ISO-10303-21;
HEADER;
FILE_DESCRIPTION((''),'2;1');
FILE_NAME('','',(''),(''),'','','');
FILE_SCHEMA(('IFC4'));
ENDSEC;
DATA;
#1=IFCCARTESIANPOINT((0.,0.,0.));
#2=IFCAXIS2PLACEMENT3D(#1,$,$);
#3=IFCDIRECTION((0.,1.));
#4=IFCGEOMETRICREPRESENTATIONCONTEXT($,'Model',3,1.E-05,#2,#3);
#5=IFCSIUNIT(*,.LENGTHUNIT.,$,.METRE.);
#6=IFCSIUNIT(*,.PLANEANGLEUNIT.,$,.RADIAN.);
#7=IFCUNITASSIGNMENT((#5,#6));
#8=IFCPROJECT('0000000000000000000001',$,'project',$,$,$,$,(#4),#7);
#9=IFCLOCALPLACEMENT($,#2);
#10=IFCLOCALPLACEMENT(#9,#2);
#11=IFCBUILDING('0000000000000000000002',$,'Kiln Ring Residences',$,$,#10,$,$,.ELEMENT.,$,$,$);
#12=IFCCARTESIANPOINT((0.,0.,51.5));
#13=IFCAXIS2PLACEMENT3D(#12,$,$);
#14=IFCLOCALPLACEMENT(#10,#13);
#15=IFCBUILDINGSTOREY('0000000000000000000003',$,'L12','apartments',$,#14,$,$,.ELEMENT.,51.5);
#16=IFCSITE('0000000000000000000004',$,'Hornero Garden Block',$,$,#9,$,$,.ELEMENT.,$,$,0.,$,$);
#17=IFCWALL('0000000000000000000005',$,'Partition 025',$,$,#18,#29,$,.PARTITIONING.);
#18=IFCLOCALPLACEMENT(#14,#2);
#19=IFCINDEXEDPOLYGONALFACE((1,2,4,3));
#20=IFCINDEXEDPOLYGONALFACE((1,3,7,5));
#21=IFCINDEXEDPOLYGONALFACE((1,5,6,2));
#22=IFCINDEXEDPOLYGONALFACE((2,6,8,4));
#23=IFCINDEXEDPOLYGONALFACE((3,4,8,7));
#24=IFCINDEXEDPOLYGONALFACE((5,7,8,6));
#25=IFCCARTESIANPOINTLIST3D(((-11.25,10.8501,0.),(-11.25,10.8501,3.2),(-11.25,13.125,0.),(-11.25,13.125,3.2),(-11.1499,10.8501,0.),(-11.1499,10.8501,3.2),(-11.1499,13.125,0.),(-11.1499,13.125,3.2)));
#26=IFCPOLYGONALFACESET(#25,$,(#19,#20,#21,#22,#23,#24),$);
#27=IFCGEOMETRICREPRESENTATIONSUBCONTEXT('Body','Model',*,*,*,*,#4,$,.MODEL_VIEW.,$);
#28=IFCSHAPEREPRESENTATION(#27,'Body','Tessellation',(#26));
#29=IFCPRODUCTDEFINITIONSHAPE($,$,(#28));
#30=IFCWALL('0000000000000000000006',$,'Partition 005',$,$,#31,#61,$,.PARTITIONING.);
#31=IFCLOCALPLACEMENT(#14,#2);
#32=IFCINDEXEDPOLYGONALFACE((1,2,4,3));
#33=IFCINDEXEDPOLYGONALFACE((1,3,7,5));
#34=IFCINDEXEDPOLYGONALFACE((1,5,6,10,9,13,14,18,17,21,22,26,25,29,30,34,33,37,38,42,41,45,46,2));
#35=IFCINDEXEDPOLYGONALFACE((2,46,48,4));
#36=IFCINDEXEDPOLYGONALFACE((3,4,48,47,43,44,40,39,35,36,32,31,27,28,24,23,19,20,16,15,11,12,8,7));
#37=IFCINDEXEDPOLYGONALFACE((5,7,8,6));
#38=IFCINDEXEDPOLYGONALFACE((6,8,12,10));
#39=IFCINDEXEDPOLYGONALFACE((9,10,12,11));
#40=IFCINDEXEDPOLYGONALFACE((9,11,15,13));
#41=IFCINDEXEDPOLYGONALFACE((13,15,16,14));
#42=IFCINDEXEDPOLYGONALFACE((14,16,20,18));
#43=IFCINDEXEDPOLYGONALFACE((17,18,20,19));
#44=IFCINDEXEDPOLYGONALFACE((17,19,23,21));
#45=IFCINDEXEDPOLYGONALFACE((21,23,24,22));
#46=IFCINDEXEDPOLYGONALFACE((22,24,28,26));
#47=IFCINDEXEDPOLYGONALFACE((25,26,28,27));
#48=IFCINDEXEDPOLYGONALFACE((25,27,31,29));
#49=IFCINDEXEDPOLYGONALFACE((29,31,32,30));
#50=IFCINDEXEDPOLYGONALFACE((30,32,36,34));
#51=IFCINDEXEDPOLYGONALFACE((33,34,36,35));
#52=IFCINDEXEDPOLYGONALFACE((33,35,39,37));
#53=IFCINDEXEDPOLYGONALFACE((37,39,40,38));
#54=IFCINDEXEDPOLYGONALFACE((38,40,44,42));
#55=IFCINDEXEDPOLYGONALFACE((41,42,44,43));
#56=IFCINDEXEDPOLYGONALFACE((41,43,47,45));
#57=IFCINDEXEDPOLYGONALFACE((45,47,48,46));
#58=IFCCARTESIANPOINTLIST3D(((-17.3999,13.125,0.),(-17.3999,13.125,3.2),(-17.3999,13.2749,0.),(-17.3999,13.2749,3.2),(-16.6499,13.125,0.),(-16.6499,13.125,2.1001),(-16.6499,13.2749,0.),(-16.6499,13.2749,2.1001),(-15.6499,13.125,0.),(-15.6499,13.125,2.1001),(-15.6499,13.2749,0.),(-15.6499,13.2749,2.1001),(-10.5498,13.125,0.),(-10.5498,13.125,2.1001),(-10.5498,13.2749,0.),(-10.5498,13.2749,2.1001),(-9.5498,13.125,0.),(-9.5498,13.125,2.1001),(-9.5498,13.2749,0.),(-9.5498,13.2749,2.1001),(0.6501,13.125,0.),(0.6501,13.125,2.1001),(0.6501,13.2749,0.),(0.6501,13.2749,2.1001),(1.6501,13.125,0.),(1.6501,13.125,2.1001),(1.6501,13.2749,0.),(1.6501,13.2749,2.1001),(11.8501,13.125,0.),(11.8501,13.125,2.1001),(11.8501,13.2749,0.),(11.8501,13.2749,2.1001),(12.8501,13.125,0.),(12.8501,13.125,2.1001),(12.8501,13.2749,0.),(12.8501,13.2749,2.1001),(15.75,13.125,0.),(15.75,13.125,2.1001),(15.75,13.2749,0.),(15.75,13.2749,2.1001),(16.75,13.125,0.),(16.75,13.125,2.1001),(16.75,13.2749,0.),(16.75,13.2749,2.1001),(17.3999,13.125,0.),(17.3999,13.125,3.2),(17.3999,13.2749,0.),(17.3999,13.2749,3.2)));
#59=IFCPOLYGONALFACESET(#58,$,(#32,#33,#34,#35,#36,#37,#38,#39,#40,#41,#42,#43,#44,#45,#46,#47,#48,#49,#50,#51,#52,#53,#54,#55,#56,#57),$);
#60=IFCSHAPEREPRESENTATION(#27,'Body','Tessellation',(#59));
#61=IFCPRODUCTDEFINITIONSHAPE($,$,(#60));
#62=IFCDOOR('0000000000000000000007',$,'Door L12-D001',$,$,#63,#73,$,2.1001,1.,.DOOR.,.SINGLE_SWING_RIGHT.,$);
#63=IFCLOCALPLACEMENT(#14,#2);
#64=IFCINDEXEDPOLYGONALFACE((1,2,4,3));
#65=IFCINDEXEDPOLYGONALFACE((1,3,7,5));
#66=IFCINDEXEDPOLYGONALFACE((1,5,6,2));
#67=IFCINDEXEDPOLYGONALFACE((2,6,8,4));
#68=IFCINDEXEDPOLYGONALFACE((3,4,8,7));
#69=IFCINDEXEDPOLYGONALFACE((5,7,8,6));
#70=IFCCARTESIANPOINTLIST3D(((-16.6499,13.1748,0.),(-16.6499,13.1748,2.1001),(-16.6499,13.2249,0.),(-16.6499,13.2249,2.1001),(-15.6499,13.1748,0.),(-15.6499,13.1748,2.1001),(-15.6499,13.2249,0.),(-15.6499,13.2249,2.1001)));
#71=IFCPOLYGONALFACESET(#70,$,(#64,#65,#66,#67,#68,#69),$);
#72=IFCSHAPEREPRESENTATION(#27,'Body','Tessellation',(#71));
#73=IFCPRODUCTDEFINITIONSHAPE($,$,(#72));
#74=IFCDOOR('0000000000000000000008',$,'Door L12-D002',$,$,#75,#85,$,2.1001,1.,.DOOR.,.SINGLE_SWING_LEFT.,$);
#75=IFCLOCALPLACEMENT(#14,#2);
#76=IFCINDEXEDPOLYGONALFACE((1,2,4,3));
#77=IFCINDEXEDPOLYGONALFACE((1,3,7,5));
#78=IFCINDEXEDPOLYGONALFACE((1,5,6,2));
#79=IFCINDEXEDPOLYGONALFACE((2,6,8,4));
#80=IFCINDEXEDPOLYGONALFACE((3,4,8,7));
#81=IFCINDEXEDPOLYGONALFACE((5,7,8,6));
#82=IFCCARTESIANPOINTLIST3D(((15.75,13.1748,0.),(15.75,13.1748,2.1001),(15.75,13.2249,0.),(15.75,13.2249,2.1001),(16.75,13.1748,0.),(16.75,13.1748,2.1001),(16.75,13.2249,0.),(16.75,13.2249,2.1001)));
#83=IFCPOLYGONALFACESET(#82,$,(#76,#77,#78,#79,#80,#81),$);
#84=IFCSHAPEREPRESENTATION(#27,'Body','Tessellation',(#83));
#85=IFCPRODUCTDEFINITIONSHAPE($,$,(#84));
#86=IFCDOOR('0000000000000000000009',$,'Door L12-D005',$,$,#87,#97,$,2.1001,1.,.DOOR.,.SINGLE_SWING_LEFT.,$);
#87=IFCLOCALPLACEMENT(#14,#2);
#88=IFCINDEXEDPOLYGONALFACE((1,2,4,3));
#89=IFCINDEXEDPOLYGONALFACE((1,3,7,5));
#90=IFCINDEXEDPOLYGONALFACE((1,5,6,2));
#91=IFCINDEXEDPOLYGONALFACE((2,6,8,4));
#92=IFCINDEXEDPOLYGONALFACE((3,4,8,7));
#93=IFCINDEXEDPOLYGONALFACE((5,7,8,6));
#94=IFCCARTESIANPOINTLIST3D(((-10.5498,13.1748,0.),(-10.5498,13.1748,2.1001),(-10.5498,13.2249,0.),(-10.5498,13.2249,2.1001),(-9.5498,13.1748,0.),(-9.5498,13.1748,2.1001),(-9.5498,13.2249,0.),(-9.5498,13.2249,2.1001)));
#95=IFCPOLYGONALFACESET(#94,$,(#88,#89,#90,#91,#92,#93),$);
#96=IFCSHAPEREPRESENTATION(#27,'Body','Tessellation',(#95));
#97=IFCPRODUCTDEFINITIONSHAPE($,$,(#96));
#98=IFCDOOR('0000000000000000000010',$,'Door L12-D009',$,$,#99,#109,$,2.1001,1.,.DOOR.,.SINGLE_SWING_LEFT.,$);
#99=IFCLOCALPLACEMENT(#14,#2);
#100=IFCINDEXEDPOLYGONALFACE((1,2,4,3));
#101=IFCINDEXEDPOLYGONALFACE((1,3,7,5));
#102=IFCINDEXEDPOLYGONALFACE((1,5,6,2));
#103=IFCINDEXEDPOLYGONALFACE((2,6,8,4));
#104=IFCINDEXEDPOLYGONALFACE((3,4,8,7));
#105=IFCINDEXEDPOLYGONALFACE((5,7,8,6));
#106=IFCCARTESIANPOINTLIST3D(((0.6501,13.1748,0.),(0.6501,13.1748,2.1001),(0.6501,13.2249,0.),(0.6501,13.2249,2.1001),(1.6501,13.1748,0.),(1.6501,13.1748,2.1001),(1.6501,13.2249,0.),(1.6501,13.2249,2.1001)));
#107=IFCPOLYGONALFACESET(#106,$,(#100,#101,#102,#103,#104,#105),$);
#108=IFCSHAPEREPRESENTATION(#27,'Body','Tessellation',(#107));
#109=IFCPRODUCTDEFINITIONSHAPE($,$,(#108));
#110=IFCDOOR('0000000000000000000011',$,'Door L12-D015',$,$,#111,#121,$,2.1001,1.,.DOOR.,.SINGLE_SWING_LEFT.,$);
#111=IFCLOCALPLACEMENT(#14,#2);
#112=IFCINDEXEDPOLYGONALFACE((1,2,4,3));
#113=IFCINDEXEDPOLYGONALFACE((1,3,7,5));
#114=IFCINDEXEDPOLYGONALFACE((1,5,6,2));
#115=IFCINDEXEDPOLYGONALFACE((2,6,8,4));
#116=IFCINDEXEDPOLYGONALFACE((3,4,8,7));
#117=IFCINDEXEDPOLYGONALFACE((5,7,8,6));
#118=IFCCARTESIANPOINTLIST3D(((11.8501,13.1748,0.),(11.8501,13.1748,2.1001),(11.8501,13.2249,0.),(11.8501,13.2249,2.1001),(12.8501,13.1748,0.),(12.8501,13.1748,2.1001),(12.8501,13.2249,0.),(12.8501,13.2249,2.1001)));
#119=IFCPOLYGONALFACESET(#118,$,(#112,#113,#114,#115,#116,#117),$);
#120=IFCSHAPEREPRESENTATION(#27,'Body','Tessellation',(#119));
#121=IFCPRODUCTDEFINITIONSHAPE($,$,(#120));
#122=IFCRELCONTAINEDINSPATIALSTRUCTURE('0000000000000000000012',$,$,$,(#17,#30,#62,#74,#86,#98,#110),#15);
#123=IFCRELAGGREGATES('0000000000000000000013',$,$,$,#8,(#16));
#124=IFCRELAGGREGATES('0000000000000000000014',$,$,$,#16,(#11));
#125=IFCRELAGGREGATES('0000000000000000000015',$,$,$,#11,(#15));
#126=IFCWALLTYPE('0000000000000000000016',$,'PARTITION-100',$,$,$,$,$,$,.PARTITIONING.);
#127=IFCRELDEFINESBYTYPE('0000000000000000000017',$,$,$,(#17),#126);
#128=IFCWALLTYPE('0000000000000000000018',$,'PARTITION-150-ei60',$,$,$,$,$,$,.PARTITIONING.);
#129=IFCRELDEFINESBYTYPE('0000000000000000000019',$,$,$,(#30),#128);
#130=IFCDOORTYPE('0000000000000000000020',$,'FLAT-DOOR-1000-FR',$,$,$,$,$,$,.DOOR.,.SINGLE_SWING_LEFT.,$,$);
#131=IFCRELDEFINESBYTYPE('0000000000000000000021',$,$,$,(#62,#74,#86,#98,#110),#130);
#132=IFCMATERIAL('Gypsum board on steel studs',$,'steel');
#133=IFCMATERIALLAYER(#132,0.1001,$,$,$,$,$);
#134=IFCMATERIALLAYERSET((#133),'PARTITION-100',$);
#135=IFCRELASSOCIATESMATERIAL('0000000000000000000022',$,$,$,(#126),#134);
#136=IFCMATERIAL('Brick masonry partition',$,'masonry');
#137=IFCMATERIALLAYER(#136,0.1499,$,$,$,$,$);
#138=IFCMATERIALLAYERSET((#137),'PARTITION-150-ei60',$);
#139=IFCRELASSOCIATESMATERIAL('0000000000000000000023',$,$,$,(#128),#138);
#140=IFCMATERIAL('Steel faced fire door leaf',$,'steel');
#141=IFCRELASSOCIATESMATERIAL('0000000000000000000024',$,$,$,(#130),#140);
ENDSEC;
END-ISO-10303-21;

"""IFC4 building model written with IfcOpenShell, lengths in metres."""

from ifc_helpers import new_model, si_unit, direction, frame, frame_2d, origin, place, context, subcontext, project, spatial, rectangle, extrude, material, layer, layer_set, type_object, element, fill, save


model = new_model("IFC4")

# Units and contexts
model_context = context("Model", 3, precision=1e-05, world=origin(), true_north=direction((0.0, 1.0)))
body_context = subcontext(model_context, "Body", "Model", "MODEL_VIEW")
ifc_project = project(units=[si_unit("LENGTHUNIT", "METRE"), si_unit("PLANEANGLEUNIT", "RADIAN")], contexts=[model_context])

# Site, building, storey
site_placement = place(None, origin())
site = spatial("IfcSite", under=ifc_project, at=site_placement, Name="Hornero Garden Block", CompositionType="ELEMENT", RefElevation=0.0)
building_placement = place(site_placement, origin())
building = spatial("IfcBuilding", under=site, at=building_placement, Name="Kiln Ring Residences", CompositionType="ELEMENT")
storey_placement = place(building_placement, frame((0.0, 0.0, 51.5)))
storey = spatial("IfcBuildingStorey", under=building, at=storey_placement, Name="L12", Description="apartments", CompositionType="ELEMENT", Elevation=51.5)

# Shared definitions
ifc_material_1 = material(Name="Gypsum board on steel studs", Category="steel")
ifc_layer_1 = layer(ifc_material_1, 0.1001)
ifc_layer_set_1 = layer_set([ifc_layer_1], Name="PARTITION-100")
wall_type_1 = type_object("IfcWallType", Name="PARTITION-100", PredefinedType="PARTITIONING", material=ifc_layer_set_1)

# Wall
wall_1_placement = place(storey_placement, frame((-11.2, 10.8501, 0.0), z_axis=(0.0, 0.0, 1.0), x_axis=(0.0, 1.0, 0.0)))
element("IfcWall", 1, at=wall_1_placement, inside=storey, type_object=wall_type_1, Name="Partition 025", PredefinedType="PARTITIONING", context=body_context, shape_type="SweptSolid", body=[
    extrude(rectangle(XDim=2.2749, YDim=0.1001, at=frame_2d((1.1375, 0.0))), origin(), (0.0, 0.0, 1.0), 3.2),
])

# Wall, openings, doors
ifc_material_2 = material(Name="Brick masonry partition", Category="masonry")
ifc_layer_2 = layer(ifc_material_2, 0.1499)
ifc_layer_set_2 = layer_set([ifc_layer_2], Name="PARTITION-150-ei60")
wall_type_2 = type_object("IfcWallType", Name="PARTITION-150-ei60", PredefinedType="PARTITIONING", material=ifc_layer_set_2)
wall_2_placement = place(storey_placement, frame((-17.3999, 13.2, 0.0), z_axis=(0.0, 0.0, 1.0), x_axis=(1.0, 0.0, 0.0)))
wall_2 = element("IfcWall", 2, at=wall_2_placement, inside=storey, type_object=wall_type_2, Name="Partition 005", PredefinedType="PARTITIONING", context=body_context, shape_type="SweptSolid", body=[
    extrude(rectangle(XDim=34.7998, YDim=0.1499, at=frame_2d((17.3999, 0.0))), origin(), (0.0, 0.0, 1.0), 3.2),
])
opening_1_placement = place(wall_2_placement, frame((0.75, 0.0, 0.0)))
opening_1 = element("IfcOpeningElement", 3, at=opening_1_placement, cuts=wall_2, PredefinedType="OPENING", context=body_context, shape_type="SweptSolid", body=[
    extrude(rectangle(XDim=1.0, YDim=2.1001, at=frame_2d((0.5, 1.05))), frame((0.0, 0.085, 0.0), z_axis=(0.0, -1.0, 0.0), x_axis=(1.0, 0.0, 0.0)), (0.0, 0.0, 1.0), 0.1699),
])
opening_2_placement = place(wall_2_placement, frame((33.1499, 0.0, 0.0)))
opening_2 = element("IfcOpeningElement", 4, at=opening_2_placement, cuts=wall_2, PredefinedType="OPENING", context=body_context, shape_type="SweptSolid", body=[
    extrude(rectangle(XDim=1.0, YDim=2.1001, at=frame_2d((0.5, 1.05))), frame((0.0, 0.085, 0.0), z_axis=(0.0, -1.0, 0.0), x_axis=(1.0, 0.0, 0.0)), (0.0, 0.0, 1.0), 0.1699),
])
opening_3_placement = place(wall_2_placement, frame((6.8501, 0.0, 0.0)))
opening_3 = element("IfcOpeningElement", 5, at=opening_3_placement, cuts=wall_2, PredefinedType="OPENING", context=body_context, shape_type="SweptSolid", body=[
    extrude(rectangle(XDim=1.0, YDim=2.1001, at=frame_2d((0.5, 1.05))), frame((0.0, 0.085, 0.0), z_axis=(0.0, -1.0, 0.0), x_axis=(1.0, 0.0, 0.0)), (0.0, 0.0, 1.0), 0.1699),
])
opening_4_placement = place(wall_2_placement, frame((18.05, 0.0, 0.0)))
opening_4 = element("IfcOpeningElement", 6, at=opening_4_placement, cuts=wall_2, PredefinedType="OPENING", context=body_context, shape_type="SweptSolid", body=[
    extrude(rectangle(XDim=1.0, YDim=2.1001, at=frame_2d((0.5, 1.05))), frame((0.0, 0.085, 0.0), z_axis=(0.0, -1.0, 0.0), x_axis=(1.0, 0.0, 0.0)), (0.0, 0.0, 1.0), 0.1699),
])
opening_5_placement = place(wall_2_placement, frame((29.25, 0.0, 0.0)))
opening_5 = element("IfcOpeningElement", 7, at=opening_5_placement, cuts=wall_2, PredefinedType="OPENING", context=body_context, shape_type="SweptSolid", body=[
    extrude(rectangle(XDim=1.0, YDim=2.1001, at=frame_2d((0.5, 1.05))), frame((0.0, 0.085, 0.0), z_axis=(0.0, -1.0, 0.0), x_axis=(1.0, 0.0, 0.0)), (0.0, 0.0, 1.0), 0.1699),
])
ifc_material_3 = material(Name="Steel faced fire door leaf", Category="steel")
door_type_1 = type_object("IfcDoorType", Name="FLAT-DOOR-1000-FR", OperationType="SINGLE_SWING_LEFT", PredefinedType="DOOR", material=ifc_material_3)
door_1_placement = place(opening_1_placement, origin())
door_1 = element("IfcDoor", 8, at=door_1_placement, inside=storey, type_object=door_type_1, Name="Door L12-D001", OperationType="SINGLE_SWING_RIGHT", OverallHeight=2.1001, OverallWidth=1.0, PredefinedType="DOOR", context=body_context, shape_type="SweptSolid", body=[
    extrude(rectangle(XDim=1.0, YDim=2.1001, at=frame_2d((0.5, 1.05))), frame((0.0, 0.0249, 0.0), z_axis=(0.0, -1.0, 0.0), x_axis=(1.0, 0.0, 0.0)), (0.0, 0.0, 1.0), 0.05),
])
fill(opening_1, door_1)
door_2_placement = place(opening_2_placement, origin())
door_2 = element("IfcDoor", 9, at=door_2_placement, inside=storey, type_object=door_type_1, Name="Door L12-D002", OperationType="SINGLE_SWING_LEFT", OverallHeight=2.1001, OverallWidth=1.0, PredefinedType="DOOR", context=body_context, shape_type="SweptSolid", body=[
    extrude(rectangle(XDim=1.0, YDim=2.1001, at=frame_2d((0.5, 1.05))), frame((0.0, 0.0249, 0.0), z_axis=(0.0, -1.0, 0.0), x_axis=(1.0, 0.0, 0.0)), (0.0, 0.0, 1.0), 0.05),
])
fill(opening_2, door_2)
door_3_placement = place(opening_3_placement, origin())
door_3 = element("IfcDoor", 10, at=door_3_placement, inside=storey, type_object=door_type_1, Name="Door L12-D005", OperationType="SINGLE_SWING_LEFT", OverallHeight=2.1001, OverallWidth=1.0, PredefinedType="DOOR", context=body_context, shape_type="SweptSolid", body=[
    extrude(rectangle(XDim=1.0, YDim=2.1001, at=frame_2d((0.5, 1.05))), frame((0.0, 0.0249, 0.0), z_axis=(0.0, -1.0, 0.0), x_axis=(1.0, 0.0, 0.0)), (0.0, 0.0, 1.0), 0.05),
])
fill(opening_3, door_3)
door_4_placement = place(opening_4_placement, origin())
door_4 = element("IfcDoor", 11, at=door_4_placement, inside=storey, type_object=door_type_1, Name="Door L12-D009", OperationType="SINGLE_SWING_LEFT", OverallHeight=2.1001, OverallWidth=1.0, PredefinedType="DOOR", context=body_context, shape_type="SweptSolid", body=[
    extrude(rectangle(XDim=1.0, YDim=2.1001, at=frame_2d((0.5, 1.05))), frame((0.0, 0.0249, 0.0), z_axis=(0.0, -1.0, 0.0), x_axis=(1.0, 0.0, 0.0)), (0.0, 0.0, 1.0), 0.05),
])
fill(opening_4, door_4)
door_5_placement = place(opening_5_placement, origin())
door_5 = element("IfcDoor", 12, at=door_5_placement, inside=storey, type_object=door_type_1, Name="Door L12-D015", OperationType="SINGLE_SWING_LEFT", OverallHeight=2.1001, OverallWidth=1.0, PredefinedType="DOOR", context=body_context, shape_type="SweptSolid", body=[
    extrude(rectangle(XDim=1.0, YDim=2.1001, at=frame_2d((0.5, 1.05))), frame((0.0, 0.0249, 0.0), z_axis=(0.0, -1.0, 0.0), x_axis=(1.0, 0.0, 0.0)), (0.0, 0.0, 1.0), 0.05),
])
fill(opening_5, door_5)

save(model, "model.ifc")
